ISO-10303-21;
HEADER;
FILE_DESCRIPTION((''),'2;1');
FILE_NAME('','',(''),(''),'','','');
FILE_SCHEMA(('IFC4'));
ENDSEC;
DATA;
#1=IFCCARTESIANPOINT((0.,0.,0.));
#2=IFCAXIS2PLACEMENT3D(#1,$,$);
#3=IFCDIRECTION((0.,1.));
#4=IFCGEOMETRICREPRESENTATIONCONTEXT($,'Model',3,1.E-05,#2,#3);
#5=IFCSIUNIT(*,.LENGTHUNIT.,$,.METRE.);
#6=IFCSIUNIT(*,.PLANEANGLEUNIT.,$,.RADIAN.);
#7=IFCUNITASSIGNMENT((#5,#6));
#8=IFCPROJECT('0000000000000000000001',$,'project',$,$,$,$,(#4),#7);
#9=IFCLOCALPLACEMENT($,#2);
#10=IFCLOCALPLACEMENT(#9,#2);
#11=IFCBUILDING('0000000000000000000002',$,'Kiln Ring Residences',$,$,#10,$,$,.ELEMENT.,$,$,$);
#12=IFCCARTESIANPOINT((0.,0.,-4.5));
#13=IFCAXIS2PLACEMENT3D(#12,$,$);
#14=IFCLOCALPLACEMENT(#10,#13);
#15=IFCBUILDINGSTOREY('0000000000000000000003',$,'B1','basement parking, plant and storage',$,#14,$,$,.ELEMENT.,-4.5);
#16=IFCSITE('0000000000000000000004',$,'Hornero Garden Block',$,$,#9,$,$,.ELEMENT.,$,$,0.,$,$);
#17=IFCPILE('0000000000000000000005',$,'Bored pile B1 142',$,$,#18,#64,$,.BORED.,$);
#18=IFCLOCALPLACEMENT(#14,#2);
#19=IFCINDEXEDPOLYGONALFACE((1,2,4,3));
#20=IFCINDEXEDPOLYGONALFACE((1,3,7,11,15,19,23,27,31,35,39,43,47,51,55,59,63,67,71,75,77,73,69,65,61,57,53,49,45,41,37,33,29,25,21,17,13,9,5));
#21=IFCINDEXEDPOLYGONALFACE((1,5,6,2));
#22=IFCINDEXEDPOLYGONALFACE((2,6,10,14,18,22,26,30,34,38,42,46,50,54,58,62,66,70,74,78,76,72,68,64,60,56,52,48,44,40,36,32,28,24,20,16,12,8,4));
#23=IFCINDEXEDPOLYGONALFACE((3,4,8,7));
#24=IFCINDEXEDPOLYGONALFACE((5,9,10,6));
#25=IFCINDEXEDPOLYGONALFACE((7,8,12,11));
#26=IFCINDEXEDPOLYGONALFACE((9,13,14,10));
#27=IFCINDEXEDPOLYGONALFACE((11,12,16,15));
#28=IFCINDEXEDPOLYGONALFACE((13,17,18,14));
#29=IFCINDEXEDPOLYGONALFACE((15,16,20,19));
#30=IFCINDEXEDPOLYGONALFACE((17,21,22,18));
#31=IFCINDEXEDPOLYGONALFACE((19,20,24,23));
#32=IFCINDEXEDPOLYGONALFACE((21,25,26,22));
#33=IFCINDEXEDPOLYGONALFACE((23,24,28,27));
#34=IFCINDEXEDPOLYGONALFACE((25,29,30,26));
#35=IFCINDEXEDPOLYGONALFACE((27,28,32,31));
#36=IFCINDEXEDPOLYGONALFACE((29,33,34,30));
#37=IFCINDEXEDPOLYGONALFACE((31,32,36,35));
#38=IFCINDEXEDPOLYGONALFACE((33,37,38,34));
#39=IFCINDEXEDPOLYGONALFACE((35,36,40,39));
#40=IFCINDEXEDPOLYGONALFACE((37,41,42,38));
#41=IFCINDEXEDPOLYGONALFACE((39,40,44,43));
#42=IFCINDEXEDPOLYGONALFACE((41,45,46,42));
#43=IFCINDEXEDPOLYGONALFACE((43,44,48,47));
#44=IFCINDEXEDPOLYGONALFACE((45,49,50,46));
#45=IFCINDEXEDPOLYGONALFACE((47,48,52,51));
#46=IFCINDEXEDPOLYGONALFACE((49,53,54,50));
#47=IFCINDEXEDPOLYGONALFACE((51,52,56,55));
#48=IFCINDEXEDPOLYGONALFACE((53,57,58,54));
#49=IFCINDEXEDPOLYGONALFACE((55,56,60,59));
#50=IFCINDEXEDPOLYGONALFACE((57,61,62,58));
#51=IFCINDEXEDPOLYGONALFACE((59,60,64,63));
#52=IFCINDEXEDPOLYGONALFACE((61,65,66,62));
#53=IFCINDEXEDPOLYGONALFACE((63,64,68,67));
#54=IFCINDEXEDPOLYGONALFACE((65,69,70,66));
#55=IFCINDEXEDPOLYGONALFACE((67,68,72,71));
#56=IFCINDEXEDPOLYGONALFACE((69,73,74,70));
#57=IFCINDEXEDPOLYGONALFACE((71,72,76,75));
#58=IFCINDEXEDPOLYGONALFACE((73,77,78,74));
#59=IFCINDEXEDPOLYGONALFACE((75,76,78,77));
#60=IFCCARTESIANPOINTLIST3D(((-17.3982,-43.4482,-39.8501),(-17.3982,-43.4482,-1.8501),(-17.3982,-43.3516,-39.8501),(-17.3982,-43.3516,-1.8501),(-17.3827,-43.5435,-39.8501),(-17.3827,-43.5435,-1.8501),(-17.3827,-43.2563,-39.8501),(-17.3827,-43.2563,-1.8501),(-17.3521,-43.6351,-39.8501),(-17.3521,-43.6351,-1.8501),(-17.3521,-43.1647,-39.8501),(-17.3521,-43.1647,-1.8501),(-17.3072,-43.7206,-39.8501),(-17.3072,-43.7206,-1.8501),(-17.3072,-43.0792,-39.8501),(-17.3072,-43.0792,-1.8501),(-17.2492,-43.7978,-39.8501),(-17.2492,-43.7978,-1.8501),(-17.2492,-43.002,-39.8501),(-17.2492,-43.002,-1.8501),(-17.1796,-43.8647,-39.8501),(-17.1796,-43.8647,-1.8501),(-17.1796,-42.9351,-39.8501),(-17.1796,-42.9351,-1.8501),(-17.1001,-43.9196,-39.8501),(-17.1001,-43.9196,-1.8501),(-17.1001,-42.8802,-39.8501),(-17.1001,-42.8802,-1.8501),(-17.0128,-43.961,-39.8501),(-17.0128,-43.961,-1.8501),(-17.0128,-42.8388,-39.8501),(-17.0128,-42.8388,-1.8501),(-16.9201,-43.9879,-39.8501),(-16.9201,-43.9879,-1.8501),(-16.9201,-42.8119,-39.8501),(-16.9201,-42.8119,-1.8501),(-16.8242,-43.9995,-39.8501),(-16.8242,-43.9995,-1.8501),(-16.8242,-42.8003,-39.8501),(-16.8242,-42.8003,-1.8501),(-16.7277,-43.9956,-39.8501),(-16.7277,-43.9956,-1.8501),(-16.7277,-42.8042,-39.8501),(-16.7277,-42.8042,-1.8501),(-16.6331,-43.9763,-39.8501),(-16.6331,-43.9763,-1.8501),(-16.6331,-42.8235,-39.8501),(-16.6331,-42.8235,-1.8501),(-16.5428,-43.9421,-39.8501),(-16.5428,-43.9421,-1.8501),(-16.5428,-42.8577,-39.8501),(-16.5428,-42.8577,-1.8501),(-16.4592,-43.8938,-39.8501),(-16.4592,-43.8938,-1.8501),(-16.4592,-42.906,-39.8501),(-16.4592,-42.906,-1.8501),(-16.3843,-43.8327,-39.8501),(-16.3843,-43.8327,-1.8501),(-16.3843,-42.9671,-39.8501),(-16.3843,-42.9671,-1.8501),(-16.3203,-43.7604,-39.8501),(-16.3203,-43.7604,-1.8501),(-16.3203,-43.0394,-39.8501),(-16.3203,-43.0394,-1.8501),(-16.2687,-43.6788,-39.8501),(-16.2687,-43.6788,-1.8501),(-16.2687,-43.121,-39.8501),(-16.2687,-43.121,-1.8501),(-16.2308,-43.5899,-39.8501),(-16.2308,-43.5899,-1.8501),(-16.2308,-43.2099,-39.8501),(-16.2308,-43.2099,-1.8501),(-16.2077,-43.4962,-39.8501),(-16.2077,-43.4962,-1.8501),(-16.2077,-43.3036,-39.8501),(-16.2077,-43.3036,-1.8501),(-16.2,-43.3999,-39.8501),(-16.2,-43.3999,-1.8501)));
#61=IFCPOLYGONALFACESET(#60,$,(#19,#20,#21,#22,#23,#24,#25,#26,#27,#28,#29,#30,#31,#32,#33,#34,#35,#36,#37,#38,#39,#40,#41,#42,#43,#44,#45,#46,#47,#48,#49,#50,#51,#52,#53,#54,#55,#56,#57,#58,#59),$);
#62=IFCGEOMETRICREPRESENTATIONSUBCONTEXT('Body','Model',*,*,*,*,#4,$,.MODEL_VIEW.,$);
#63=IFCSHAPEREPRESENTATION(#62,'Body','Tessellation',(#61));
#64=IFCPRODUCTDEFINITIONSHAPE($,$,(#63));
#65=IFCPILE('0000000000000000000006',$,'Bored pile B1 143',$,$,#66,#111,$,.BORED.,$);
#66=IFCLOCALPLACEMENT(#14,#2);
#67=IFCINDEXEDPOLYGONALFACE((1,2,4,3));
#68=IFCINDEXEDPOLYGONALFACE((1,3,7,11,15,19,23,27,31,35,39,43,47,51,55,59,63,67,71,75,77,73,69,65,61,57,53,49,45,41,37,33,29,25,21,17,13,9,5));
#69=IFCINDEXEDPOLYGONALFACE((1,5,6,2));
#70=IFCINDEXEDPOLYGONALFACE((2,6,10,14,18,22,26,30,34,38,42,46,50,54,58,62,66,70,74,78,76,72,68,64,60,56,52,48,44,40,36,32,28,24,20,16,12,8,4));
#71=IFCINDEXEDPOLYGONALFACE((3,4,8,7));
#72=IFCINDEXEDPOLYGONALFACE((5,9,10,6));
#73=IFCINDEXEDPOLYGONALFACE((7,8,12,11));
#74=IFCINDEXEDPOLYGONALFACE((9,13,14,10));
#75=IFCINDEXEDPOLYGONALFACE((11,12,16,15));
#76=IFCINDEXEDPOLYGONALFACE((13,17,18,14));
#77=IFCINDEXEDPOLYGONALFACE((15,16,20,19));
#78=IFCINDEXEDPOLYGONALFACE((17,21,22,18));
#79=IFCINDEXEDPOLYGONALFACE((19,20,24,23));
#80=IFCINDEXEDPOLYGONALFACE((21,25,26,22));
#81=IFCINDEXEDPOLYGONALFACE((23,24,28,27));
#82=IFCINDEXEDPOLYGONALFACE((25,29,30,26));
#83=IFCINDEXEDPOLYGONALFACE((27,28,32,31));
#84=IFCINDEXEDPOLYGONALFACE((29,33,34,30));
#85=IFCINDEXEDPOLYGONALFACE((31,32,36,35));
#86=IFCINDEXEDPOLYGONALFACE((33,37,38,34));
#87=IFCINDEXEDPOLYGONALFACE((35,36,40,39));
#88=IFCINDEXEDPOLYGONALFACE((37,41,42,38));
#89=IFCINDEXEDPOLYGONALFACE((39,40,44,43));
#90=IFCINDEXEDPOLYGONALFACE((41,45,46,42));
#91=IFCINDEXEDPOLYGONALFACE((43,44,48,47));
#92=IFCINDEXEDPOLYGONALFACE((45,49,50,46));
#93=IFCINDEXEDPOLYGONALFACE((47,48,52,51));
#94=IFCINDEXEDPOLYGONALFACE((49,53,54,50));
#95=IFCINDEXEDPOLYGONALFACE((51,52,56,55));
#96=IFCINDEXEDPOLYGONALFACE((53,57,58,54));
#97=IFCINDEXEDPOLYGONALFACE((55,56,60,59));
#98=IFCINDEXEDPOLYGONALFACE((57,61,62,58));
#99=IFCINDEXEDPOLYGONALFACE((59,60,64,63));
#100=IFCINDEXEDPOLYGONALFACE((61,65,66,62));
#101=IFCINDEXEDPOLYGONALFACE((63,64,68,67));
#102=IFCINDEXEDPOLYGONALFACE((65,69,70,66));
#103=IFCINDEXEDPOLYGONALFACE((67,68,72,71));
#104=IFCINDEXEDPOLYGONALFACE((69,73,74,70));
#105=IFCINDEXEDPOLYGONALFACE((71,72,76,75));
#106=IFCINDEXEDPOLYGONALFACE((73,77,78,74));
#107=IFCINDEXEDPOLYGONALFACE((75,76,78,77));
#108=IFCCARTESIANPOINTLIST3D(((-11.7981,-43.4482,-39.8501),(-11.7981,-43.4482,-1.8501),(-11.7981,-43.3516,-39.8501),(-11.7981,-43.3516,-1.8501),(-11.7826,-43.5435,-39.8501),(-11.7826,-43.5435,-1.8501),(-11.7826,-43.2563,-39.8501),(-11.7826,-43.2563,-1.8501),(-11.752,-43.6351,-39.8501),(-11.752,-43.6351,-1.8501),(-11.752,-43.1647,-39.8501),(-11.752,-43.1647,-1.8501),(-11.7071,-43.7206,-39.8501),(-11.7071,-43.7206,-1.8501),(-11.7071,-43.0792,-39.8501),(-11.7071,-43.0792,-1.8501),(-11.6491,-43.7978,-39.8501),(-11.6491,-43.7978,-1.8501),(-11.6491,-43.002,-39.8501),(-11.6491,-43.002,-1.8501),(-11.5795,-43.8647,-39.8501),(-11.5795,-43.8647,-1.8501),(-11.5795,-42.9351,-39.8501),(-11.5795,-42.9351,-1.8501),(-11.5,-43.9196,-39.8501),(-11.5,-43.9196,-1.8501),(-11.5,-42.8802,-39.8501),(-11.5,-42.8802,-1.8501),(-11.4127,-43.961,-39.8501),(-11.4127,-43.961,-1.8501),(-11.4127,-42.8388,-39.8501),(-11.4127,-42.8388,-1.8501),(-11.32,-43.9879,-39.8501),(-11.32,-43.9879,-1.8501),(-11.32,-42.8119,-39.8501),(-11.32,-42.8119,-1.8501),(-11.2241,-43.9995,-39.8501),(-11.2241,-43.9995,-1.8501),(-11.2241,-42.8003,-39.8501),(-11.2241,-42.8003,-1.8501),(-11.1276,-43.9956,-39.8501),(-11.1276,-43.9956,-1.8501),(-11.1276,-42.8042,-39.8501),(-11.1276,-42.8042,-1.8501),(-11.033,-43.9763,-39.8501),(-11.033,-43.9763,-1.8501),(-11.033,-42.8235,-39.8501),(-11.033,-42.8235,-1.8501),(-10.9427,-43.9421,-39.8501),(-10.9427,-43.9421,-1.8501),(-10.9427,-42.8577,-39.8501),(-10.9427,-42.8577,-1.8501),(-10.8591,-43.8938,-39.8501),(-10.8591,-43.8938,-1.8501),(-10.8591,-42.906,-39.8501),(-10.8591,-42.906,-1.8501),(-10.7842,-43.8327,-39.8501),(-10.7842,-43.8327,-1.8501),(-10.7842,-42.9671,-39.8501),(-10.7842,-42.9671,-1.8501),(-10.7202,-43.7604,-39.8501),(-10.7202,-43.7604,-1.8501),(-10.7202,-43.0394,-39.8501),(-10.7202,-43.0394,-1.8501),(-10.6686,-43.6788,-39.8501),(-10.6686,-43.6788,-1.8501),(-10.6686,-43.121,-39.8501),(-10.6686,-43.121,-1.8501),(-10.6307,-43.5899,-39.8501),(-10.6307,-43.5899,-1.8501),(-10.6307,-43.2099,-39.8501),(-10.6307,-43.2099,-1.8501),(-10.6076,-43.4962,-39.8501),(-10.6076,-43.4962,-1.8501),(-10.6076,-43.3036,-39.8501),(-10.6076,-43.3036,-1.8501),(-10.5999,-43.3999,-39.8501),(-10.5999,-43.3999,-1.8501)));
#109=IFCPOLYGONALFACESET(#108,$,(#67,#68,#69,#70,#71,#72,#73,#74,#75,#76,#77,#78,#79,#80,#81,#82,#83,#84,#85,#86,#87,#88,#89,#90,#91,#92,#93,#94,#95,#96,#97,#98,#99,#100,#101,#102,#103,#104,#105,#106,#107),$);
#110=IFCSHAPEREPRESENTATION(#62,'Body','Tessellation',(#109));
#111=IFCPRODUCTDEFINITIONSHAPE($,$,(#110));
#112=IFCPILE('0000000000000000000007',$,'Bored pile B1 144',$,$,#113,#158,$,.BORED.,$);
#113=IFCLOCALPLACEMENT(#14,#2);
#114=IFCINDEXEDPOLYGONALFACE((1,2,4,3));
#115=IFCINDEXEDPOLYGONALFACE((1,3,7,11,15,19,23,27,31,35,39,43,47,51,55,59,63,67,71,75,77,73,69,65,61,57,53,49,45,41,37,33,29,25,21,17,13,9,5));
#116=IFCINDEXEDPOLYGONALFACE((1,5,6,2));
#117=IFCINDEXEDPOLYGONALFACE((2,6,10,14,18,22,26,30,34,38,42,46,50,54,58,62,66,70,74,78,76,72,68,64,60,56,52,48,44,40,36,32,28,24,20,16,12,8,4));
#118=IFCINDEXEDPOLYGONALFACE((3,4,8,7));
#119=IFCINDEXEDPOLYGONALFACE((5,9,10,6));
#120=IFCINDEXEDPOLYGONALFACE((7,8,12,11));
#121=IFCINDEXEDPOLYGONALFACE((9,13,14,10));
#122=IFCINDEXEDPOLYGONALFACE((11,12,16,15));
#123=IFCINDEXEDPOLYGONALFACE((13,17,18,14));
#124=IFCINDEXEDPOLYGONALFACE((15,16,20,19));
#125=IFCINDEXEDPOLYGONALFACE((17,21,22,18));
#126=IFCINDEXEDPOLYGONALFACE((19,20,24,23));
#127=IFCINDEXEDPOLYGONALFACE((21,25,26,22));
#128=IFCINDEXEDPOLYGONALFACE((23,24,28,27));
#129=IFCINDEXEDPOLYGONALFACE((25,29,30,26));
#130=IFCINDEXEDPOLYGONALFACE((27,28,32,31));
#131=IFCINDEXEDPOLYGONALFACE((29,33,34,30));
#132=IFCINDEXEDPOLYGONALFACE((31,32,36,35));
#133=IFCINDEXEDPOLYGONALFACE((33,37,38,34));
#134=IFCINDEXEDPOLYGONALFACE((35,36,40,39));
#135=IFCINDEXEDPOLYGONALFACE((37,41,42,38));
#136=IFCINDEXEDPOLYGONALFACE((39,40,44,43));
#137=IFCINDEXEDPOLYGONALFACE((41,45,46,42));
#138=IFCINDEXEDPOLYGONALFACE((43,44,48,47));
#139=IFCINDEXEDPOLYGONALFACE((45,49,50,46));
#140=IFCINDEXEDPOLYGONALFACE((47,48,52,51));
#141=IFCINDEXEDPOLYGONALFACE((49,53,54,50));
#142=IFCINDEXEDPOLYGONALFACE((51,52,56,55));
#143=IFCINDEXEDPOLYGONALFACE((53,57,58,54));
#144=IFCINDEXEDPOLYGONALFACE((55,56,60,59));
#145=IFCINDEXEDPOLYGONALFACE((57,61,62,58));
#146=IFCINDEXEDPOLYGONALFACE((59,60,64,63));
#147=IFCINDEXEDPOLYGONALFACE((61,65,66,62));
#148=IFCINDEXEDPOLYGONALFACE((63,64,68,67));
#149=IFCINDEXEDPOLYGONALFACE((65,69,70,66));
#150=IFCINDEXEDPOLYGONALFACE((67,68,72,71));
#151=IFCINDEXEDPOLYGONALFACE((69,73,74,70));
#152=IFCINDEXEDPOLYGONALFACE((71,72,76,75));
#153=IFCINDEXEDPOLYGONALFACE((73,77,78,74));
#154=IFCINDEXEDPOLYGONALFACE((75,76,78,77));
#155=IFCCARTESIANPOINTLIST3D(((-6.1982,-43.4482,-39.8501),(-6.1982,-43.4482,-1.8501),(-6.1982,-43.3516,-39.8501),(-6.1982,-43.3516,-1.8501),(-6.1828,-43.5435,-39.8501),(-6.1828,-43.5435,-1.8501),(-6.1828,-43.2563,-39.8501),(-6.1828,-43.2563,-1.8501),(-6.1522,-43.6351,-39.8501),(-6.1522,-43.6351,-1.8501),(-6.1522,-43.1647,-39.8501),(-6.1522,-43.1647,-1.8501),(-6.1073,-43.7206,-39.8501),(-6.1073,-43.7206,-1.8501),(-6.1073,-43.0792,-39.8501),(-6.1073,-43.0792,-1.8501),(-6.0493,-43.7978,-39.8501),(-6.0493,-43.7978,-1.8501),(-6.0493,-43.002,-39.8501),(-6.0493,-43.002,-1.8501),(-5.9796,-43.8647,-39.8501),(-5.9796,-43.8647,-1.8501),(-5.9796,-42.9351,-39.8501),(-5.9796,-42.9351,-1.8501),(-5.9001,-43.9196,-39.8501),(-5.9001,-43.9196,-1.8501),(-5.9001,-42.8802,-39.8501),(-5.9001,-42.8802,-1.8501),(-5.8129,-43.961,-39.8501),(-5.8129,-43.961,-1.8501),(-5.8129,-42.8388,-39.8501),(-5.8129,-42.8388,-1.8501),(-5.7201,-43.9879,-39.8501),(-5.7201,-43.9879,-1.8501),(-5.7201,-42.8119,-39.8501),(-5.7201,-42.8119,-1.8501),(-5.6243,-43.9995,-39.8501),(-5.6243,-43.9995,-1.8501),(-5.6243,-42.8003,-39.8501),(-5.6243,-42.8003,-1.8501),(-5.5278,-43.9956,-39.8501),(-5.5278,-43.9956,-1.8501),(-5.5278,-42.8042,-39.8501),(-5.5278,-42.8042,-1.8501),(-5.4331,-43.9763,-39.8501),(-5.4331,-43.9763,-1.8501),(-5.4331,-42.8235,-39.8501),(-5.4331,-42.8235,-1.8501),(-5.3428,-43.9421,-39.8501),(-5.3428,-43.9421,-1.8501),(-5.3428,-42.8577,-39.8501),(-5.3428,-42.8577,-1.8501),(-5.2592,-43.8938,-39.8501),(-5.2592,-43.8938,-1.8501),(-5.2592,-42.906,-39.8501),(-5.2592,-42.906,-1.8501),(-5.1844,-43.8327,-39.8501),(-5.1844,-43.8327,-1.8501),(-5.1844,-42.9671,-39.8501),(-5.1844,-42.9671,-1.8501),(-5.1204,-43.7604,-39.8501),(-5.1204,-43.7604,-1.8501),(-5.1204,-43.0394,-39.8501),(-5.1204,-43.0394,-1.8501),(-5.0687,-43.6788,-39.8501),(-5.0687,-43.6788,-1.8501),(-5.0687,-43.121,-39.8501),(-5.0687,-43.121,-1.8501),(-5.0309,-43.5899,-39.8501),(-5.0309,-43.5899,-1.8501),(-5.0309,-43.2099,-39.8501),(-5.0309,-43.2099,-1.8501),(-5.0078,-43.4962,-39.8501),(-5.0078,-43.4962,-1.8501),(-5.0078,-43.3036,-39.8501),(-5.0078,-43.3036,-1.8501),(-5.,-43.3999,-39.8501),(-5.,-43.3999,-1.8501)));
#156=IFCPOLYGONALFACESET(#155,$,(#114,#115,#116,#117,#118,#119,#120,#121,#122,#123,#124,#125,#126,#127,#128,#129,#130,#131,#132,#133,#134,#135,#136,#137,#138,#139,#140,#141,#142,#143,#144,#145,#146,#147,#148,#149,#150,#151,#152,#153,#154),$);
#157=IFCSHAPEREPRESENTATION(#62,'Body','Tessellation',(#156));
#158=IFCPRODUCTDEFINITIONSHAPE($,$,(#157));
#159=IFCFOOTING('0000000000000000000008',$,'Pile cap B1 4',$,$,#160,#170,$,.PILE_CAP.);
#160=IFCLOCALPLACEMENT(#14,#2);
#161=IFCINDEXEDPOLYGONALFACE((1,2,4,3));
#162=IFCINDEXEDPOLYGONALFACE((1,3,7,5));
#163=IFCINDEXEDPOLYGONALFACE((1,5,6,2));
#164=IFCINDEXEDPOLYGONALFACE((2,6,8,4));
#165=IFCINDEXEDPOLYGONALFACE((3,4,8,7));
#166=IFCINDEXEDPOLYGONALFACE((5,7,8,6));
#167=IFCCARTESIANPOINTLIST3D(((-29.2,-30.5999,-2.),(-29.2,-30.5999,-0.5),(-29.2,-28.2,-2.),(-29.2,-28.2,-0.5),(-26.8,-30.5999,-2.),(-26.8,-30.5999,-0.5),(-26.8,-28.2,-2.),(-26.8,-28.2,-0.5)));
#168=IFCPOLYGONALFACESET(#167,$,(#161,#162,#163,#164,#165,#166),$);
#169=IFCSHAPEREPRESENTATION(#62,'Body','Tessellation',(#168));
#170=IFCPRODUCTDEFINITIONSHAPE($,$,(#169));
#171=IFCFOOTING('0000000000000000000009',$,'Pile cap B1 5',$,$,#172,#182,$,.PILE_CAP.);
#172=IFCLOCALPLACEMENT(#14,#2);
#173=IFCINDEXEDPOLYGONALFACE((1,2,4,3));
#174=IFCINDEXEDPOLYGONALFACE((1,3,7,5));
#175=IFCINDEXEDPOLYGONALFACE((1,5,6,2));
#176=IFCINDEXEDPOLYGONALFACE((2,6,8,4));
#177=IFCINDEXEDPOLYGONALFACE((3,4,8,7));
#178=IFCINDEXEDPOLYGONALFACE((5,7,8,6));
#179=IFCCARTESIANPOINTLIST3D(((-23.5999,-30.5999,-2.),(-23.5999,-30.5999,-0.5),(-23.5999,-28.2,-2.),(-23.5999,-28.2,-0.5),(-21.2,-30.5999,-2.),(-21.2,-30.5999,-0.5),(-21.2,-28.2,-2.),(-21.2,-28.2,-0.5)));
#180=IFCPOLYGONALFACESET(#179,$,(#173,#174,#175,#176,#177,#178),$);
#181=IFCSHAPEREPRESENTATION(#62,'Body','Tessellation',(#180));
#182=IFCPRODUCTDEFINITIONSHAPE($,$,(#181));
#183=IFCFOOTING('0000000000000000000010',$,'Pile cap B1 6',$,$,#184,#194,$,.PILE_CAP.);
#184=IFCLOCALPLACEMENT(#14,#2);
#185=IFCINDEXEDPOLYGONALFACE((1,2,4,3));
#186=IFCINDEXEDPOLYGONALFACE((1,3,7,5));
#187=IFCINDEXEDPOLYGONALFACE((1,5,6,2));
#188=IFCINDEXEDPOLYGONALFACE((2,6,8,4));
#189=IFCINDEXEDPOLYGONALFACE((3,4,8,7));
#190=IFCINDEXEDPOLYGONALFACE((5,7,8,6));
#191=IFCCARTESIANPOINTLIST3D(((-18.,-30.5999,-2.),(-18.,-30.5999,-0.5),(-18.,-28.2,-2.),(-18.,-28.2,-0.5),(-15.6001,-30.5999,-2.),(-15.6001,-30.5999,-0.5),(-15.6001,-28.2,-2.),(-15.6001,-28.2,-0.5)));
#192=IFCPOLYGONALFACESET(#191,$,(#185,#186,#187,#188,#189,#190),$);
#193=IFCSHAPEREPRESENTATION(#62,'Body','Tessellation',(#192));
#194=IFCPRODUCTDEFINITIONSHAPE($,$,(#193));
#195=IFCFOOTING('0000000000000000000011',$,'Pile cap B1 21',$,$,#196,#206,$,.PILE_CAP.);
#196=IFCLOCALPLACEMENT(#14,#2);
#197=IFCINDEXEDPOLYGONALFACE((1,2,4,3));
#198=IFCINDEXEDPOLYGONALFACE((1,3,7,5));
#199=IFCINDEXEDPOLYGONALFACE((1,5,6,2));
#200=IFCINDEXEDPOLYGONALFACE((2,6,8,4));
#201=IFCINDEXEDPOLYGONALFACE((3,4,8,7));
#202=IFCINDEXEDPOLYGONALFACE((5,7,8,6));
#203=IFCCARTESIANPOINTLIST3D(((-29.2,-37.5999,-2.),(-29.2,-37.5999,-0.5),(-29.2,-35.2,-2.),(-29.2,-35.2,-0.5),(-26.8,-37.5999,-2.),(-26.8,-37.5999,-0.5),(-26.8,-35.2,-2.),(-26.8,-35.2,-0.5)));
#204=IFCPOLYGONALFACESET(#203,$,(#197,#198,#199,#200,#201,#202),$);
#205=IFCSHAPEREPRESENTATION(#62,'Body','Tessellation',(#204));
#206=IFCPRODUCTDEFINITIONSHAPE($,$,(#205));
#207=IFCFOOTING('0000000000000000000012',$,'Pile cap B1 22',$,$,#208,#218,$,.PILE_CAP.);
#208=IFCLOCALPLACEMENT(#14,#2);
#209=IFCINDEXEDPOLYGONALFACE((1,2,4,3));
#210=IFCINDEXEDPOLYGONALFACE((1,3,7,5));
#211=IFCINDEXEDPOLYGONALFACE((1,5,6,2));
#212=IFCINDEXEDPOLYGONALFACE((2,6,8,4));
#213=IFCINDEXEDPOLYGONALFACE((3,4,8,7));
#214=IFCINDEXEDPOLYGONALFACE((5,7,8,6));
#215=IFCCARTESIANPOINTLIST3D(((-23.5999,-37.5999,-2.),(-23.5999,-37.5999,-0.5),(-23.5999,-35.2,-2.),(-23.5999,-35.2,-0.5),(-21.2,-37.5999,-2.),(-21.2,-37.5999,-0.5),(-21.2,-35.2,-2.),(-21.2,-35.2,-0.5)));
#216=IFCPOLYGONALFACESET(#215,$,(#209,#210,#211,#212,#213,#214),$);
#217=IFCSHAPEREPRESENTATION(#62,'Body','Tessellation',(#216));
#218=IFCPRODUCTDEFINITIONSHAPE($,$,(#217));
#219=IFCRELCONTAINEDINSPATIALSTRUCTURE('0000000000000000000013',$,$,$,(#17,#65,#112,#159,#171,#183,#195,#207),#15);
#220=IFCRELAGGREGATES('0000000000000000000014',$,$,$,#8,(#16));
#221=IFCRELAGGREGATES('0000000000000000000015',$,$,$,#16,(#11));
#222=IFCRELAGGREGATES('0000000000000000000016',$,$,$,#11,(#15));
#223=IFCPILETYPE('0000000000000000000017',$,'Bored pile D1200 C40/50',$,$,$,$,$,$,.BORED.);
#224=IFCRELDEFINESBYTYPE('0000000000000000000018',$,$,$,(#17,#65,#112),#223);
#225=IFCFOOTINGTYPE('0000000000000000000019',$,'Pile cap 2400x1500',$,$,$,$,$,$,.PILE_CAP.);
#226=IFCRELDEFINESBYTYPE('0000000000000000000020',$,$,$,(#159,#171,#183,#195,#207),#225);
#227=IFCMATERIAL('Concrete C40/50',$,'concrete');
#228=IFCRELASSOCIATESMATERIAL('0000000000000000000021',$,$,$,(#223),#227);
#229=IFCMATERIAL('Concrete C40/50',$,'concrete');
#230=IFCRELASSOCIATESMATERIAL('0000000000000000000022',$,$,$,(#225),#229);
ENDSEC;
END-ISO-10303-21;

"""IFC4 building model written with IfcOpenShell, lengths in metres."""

from ifc_helpers import new_model, si_unit, direction, frame, origin, origin_2d, place, context, subcontext, project, spatial, rectangle, circle, extrude, material, material_profile, profile_set, type_object, element, save


model = new_model("IFC4")

# Units and contexts
model_context = context("Model", 3, precision=1e-05, world=origin(), true_north=direction((0.0, 1.0)))
body_context = subcontext(model_context, "Body", "Model", "MODEL_VIEW")
ifc_project = project(units=[si_unit("LENGTHUNIT", "METRE"), si_unit("PLANEANGLEUNIT", "RADIAN")], contexts=[model_context])

# Site, building, storey
site_placement = place(None, origin())
site = spatial("IfcSite", under=ifc_project, at=site_placement, Name="Hornero Garden Block", CompositionType="ELEMENT", RefElevation=0.0)
building_placement = place(site_placement, origin())
building = spatial("IfcBuilding", under=site, at=building_placement, Name="Kiln Ring Residences", CompositionType="ELEMENT")
storey_placement = place(building_placement, frame((0.0, 0.0, -4.5)))
storey = spatial("IfcBuildingStorey", under=building, at=storey_placement, Name="B1", Description="basement parking, plant and storage", CompositionType="ELEMENT", Elevation=-4.5)

# Piles
ifc_material_1 = material(Name="Concrete C40/50", Category="concrete")
ifc_material_profile_1 = material_profile(ifc_material_1, circle(Radius=0.6001, at=origin_2d()), Name="BORED1200")
ifc_profile_set_1 = profile_set([ifc_material_profile_1], Name="Concrete C40/50")
pile_type = type_object("IfcPileType", Name="Bored pile D1200 C40/50", PredefinedType="BORED", material=ifc_profile_set_1)
for number, where, z_axis, x_axis, name in (
    (1, (-16.8, -43.3999, -1.8501), (0.0, 0.0, -1.0), (1.0, 0.0, 0.0), "Bored pile B1 142"),
    (2, (-11.2, -43.3999, -1.8501), (0.0, 0.0, -1.0), (1.0, 0.0, 0.0), "Bored pile B1 143"),
    (3, (-5.6001, -43.3999, -1.8501), (0.0, 0.0, -1.0), (1.0, 0.0, 0.0), "Bored pile B1 144"),
):
    element("IfcPile", number, at=place(storey_placement, frame(where, z_axis=z_axis, x_axis=x_axis)), inside=storey, type_object=pile_type, Name=name, PredefinedType="BORED", context=body_context, shape_type="SweptSolid", body=[
        extrude(circle(Radius=0.6001, at=origin_2d()), origin(), (0.0, 0.0, 1.0), 38.0),
    ])

# Footings
ifc_material_2 = material(Name="Concrete C40/50", Category="concrete")
footing_type = type_object("IfcFootingType", Name="Pile cap 2400x1500", PredefinedType="PILE_CAP", material=ifc_material_2)
for number, where, z_axis, x_axis, name in (
    (4, (-28.0, -29.3999, -2.0), (0.0, 0.0, 1.0), (1.0, 0.0, 0.0), "Pile cap B1 4"),
    (5, (-22.3999, -29.3999, -2.0), (0.0, 0.0, 1.0), (1.0, 0.0, 0.0), "Pile cap B1 5"),
    (6, (-16.8, -29.3999, -2.0), (0.0, 0.0, 1.0), (1.0, 0.0, 0.0), "Pile cap B1 6"),
    (7, (-28.0, -36.3999, -2.0), (0.0, 0.0, 1.0), (1.0, 0.0, 0.0), "Pile cap B1 21"),
    (8, (-22.3999, -36.3999, -2.0), (0.0, 0.0, 1.0), (1.0, 0.0, 0.0), "Pile cap B1 22"),
):
    element("IfcFooting", number, at=place(storey_placement, frame(where, z_axis=z_axis, x_axis=x_axis)), inside=storey, type_object=footing_type, Name=name, PredefinedType="PILE_CAP", context=body_context, shape_type="SweptSolid", body=[
        extrude(rectangle(XDim=2.3999, YDim=2.3999, at=origin_2d()), origin(), (0.0, 0.0, 1.0), 1.5),
    ])

save(model, "model.ifc")
